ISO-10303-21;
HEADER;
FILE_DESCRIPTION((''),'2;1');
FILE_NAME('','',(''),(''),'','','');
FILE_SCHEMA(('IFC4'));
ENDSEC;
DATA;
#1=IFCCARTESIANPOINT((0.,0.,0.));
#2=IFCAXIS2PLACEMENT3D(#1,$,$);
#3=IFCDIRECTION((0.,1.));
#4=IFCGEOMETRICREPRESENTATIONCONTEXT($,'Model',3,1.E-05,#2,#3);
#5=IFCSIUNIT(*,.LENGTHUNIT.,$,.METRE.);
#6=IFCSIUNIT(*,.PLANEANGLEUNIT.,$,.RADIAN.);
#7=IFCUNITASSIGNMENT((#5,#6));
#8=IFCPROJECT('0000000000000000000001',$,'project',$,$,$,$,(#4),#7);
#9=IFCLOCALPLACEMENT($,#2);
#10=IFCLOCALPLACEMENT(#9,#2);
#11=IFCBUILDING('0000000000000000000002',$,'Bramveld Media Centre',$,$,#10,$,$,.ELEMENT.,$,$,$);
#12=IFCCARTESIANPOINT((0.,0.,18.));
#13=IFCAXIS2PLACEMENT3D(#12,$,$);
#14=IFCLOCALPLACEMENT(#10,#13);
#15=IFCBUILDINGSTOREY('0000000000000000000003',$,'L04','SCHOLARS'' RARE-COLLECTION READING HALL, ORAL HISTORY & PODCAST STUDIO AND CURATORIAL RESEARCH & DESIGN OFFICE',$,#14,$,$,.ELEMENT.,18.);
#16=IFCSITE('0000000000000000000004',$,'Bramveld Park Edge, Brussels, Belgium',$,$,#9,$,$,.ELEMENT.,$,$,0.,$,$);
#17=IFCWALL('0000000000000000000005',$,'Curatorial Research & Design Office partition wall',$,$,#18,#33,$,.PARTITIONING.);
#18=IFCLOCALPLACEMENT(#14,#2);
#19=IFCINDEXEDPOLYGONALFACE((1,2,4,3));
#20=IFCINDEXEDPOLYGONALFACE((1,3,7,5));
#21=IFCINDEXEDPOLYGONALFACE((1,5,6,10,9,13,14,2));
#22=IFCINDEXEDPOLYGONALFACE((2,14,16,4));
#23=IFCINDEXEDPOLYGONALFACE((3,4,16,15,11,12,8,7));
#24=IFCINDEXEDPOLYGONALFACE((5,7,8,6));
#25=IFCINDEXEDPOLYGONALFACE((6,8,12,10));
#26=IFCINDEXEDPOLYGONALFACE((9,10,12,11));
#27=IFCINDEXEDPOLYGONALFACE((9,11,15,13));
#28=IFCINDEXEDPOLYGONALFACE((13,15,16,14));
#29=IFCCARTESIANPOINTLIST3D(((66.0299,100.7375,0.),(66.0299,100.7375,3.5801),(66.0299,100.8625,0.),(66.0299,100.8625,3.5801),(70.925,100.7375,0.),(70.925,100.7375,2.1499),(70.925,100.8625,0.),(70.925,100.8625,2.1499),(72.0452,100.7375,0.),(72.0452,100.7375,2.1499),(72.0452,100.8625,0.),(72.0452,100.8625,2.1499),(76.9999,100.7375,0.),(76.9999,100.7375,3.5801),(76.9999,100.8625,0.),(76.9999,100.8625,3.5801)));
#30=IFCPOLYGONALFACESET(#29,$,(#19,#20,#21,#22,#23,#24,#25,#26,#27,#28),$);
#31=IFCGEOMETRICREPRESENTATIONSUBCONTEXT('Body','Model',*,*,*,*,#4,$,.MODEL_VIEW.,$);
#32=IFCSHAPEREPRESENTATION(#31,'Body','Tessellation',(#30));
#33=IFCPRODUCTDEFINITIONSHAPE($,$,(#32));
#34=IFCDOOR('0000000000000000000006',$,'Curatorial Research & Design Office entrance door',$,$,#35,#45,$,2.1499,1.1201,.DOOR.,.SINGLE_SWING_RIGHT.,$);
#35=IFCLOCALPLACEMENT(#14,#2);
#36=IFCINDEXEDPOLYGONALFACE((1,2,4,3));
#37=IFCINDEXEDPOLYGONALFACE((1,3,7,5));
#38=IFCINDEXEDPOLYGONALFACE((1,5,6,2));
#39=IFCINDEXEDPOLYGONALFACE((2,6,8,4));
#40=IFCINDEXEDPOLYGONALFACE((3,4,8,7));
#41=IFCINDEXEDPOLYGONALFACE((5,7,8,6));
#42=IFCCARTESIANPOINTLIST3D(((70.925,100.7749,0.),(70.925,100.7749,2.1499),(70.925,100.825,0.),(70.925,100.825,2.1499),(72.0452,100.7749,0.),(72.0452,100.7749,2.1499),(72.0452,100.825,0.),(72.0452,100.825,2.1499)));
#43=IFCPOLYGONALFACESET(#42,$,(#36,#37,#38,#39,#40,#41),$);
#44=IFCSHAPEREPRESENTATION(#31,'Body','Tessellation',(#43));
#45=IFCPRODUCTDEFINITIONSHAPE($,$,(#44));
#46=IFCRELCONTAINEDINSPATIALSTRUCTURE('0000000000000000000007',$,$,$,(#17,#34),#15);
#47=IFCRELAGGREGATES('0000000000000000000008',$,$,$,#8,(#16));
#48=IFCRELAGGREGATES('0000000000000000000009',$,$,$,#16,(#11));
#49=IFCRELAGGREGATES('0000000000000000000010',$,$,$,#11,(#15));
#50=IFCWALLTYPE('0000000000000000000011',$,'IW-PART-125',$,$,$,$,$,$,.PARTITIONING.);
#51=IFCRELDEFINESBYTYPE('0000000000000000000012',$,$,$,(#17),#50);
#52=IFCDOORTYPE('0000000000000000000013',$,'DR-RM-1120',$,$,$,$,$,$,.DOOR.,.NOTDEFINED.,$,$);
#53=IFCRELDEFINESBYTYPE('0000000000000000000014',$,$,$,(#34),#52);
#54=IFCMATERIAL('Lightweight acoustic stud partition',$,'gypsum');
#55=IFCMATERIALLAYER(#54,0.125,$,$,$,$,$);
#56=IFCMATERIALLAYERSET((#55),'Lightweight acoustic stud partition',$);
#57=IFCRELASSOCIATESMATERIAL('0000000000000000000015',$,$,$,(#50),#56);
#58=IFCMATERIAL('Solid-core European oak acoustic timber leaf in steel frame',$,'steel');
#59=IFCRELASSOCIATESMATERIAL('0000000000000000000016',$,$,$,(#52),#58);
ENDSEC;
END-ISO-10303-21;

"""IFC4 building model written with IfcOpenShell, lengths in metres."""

from ifc_helpers import new_model, si_unit, direction, frame, frame_2d, origin, place, context, subcontext, project, spatial, rectangle, extrude, material, layer, layer_set, type_object, element, fill, save


model = new_model("IFC4")

# Units and contexts
model_context = context("Model", 3, precision=1e-05, world=origin(), true_north=direction((0.0, 1.0)))
body_context = subcontext(model_context, "Body", "Model", "MODEL_VIEW")
ifc_project = project(units=[si_unit("LENGTHUNIT", "METRE"), si_unit("PLANEANGLEUNIT", "RADIAN")], contexts=[model_context])

# Site, building, storey
site_placement = place(None, origin())
site = spatial("IfcSite", under=ifc_project, at=site_placement, Name="Bramveld Park Edge, Brussels, Belgium", CompositionType="ELEMENT", RefElevation=0.0)
building_placement = place(site_placement, origin())
building = spatial("IfcBuilding", under=site, at=building_placement, Name="Bramveld Media Centre", CompositionType="ELEMENT")
storey_placement = place(building_placement, frame((0.0, 0.0, 18.0)))
storey = spatial("IfcBuildingStorey", under=building, at=storey_placement, Name="L04", Description="SCHOLARS' RARE-COLLECTION READING HALL, ORAL HISTORY & PODCAST STUDIO AND CURATORIAL RESEARCH & DESIGN OFFICE", CompositionType="ELEMENT", Elevation=18.0)

# Wall, opening, door
ifc_material_1 = material(Name="Lightweight acoustic stud partition", Category="gypsum")
ifc_layer_1 = layer(ifc_material_1, 0.125)
ifc_layer_set_1 = layer_set([ifc_layer_1], Name="Lightweight acoustic stud partition")
wall_type_1 = type_object("IfcWallType", Name="IW-PART-125", PredefinedType="PARTITIONING", material=ifc_layer_set_1)
wall_1_placement = place(storey_placement, frame((66.03, 100.8, 0.0), z_axis=(0.0, 0.0, 1.0), x_axis=(1.0, 0.0, 0.0)))
wall_1 = element("IfcWall", 1, at=wall_1_placement, inside=storey, type_object=wall_type_1, Name="Curatorial Research & Design Office partition wall", PredefinedType="PARTITIONING", context=body_context, shape_type="SweptSolid", body=[
    extrude(rectangle(XDim=10.97, YDim=0.125, at=frame_2d((5.4849, 0.0))), origin(), (0.0, 0.0, 1.0), 3.5801),
])
opening_1_placement = place(wall_1_placement, frame((4.895, 0.0, 0.0)))
opening_1 = element("IfcOpeningElement", 2, at=opening_1_placement, cuts=wall_1, PredefinedType="OPENING", context=body_context, shape_type="SweptSolid", body=[
    extrude(rectangle(XDim=1.1201, YDim=2.1499, at=frame_2d((0.5601, 1.075))), frame((0.0, 0.0745, 0.0), z_axis=(0.0, -1.0, 0.0), x_axis=(1.0, 0.0, 0.0)), (0.0, 0.0, 1.0), 0.1489),
])
ifc_material_2 = material(Name="Solid-core European oak acoustic timber leaf in steel frame", Category="steel")
door_type_1 = type_object("IfcDoorType", Name="DR-RM-1120", OperationType="NOTDEFINED", PredefinedType="DOOR", material=ifc_material_2)
door_1_placement = place(opening_1_placement, origin())
door_1 = element("IfcDoor", 3, at=door_1_placement, inside=storey, type_object=door_type_1, Name="Curatorial Research & Design Office entrance door", OperationType="SINGLE_SWING_RIGHT", OverallHeight=2.1499, OverallWidth=1.1201, PredefinedType="DOOR", context=body_context, shape_type="SweptSolid", body=[
    extrude(rectangle(XDim=1.1201, YDim=2.1499, at=frame_2d((0.5601, 1.075))), frame((0.0, 0.0249, 0.0), z_axis=(0.0, -1.0, 0.0), x_axis=(1.0, 0.0, 0.0)), (0.0, 0.0, 1.0), 0.05),
])
fill(opening_1, door_1)

save(model, "model.ifc")
